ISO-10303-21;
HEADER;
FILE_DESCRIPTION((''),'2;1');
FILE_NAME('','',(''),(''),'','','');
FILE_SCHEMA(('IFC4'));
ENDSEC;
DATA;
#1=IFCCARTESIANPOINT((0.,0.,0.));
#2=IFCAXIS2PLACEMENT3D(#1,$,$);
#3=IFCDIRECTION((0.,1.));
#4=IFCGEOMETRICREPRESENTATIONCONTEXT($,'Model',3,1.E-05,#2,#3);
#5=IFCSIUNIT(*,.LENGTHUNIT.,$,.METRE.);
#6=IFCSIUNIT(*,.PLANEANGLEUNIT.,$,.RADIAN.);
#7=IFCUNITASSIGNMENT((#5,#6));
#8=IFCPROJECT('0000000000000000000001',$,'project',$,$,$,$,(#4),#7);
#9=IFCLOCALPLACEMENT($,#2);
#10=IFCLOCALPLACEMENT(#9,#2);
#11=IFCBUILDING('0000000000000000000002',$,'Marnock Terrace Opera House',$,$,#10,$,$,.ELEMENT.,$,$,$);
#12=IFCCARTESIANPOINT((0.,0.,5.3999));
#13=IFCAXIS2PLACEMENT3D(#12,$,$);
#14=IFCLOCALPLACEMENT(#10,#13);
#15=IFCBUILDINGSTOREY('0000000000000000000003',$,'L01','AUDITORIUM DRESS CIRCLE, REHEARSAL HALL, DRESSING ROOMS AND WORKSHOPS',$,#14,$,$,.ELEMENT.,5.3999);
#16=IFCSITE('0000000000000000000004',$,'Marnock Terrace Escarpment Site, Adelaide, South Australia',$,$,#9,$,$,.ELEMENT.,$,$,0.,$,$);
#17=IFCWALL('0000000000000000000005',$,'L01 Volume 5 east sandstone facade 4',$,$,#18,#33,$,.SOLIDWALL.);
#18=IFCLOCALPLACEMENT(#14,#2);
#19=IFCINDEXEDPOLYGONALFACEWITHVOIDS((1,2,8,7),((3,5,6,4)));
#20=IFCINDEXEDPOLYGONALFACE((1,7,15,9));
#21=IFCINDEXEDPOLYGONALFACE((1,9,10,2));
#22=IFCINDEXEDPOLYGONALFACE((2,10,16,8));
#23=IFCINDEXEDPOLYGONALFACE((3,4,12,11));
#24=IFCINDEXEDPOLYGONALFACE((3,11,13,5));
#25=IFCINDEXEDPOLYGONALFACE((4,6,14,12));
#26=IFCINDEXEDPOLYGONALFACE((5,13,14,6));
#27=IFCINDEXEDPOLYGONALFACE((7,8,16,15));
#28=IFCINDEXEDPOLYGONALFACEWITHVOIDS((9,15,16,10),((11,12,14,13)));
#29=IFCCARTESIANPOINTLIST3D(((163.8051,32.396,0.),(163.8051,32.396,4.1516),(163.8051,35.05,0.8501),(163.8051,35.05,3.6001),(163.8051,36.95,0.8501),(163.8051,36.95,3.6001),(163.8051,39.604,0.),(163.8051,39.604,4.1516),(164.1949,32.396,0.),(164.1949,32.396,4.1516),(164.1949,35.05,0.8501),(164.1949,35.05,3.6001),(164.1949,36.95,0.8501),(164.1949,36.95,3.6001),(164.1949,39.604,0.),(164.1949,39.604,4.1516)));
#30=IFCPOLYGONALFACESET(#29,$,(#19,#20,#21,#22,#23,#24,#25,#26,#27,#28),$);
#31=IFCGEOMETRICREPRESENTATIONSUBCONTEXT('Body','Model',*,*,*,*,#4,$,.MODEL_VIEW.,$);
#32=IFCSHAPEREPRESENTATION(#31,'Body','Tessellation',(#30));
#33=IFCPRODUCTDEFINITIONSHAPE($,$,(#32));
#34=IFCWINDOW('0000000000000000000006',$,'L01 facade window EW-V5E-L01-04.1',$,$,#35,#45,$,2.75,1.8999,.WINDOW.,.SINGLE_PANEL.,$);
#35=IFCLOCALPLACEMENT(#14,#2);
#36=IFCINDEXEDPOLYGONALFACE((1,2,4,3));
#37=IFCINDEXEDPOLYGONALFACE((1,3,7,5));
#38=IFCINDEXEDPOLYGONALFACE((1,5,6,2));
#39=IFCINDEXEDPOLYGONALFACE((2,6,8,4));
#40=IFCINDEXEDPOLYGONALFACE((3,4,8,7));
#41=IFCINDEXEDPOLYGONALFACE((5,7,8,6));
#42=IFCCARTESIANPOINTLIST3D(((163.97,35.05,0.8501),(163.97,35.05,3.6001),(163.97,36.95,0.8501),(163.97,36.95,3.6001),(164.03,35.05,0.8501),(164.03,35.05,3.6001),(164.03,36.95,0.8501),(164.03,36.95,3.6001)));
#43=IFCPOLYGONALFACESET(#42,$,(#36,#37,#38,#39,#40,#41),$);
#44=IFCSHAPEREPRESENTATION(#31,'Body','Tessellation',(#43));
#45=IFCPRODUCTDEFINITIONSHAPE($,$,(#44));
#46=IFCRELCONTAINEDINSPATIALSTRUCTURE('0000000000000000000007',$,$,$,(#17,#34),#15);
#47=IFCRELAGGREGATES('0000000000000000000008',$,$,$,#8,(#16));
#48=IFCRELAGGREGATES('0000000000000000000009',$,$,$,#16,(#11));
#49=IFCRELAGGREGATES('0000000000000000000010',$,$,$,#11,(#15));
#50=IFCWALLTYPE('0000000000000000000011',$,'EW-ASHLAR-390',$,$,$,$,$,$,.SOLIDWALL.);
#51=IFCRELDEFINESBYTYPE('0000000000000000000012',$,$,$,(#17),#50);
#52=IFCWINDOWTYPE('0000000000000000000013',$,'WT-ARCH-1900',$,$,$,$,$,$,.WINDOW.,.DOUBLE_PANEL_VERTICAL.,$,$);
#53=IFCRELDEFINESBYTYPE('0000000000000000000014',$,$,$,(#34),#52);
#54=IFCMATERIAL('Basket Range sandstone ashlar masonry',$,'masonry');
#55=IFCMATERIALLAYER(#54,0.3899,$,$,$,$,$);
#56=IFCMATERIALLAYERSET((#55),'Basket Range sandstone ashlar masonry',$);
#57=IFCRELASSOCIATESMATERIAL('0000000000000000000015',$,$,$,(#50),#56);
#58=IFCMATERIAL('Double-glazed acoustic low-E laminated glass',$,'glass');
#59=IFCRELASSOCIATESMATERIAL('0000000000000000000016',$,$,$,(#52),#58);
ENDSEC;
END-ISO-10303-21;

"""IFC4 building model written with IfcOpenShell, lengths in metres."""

from ifc_helpers import new_model, si_unit, direction, frame, frame_2d, origin, place, context, subcontext, project, spatial, rectangle, extrude, material, layer, layer_set, type_object, element, fill, save


model = new_model("IFC4")

# Units and contexts
model_context = context("Model", 3, precision=1e-05, world=origin(), true_north=direction((0.0, 1.0)))
body_context = subcontext(model_context, "Body", "Model", "MODEL_VIEW")
ifc_project = project(units=[si_unit("LENGTHUNIT", "METRE"), si_unit("PLANEANGLEUNIT", "RADIAN")], contexts=[model_context])

# Site, building, storey
site_placement = place(None, origin())
site = spatial("IfcSite", under=ifc_project, at=site_placement, Name="Marnock Terrace Escarpment Site, Adelaide, South Australia", CompositionType="ELEMENT", RefElevation=0.0)
building_placement = place(site_placement, origin())
building = spatial("IfcBuilding", under=site, at=building_placement, Name="Marnock Terrace Opera House", CompositionType="ELEMENT")
storey_placement = place(building_placement, frame((0.0, 0.0, 5.3999)))
storey = spatial("IfcBuildingStorey", under=building, at=storey_placement, Name="L01", Description="AUDITORIUM DRESS CIRCLE, REHEARSAL HALL, DRESSING ROOMS AND WORKSHOPS", CompositionType="ELEMENT", Elevation=5.3999)

# Wall, opening, window
ifc_material_1 = material(Name="Basket Range sandstone ashlar masonry", Category="masonry")
ifc_layer = layer(ifc_material_1, 0.3899)
ifc_layer_set = layer_set([ifc_layer], Name="Basket Range sandstone ashlar masonry")
wall_type = type_object("IfcWallType", Name="EW-ASHLAR-390", PredefinedType="SOLIDWALL", material=ifc_layer_set)
ifc_material_2 = material(Name="Double-glazed acoustic low-E laminated glass", Category="glass")
window_type = type_object("IfcWindowType", Name="WT-ARCH-1900", PartitioningType="DOUBLE_PANEL_VERTICAL", PredefinedType="WINDOW", material=ifc_material_2)
wall_1_placement = place(storey_placement, frame((164.0, 32.396, 0.0), z_axis=(0.0, 0.0, 1.0), x_axis=(0.0, 1.0, 0.0)))
wall_1 = element("IfcWall", 1, at=wall_1_placement, inside=storey, type_object=wall_type, Name="L01 Volume 5 east sandstone facade 4", PredefinedType="SOLIDWALL", context=body_context, shape_type="SweptSolid", body=[
    extrude(rectangle(XDim=7.208, YDim=0.3899, at=frame_2d((3.604, 0.0))), origin(), (0.0, 0.0, 1.0), 4.1516),
])
opening_1_placement = place(wall_1_placement, frame((2.6541, 0.0, 0.8501)))
opening_1 = element("IfcOpeningElement", 2, at=opening_1_placement, cuts=wall_1, PredefinedType="OPENING", context=body_context, shape_type="SweptSolid", body=[
    extrude(rectangle(XDim=1.8999, YDim=2.75, at=frame_2d((0.95, 1.375))), frame((0.0, 0.2048, 0.0), z_axis=(0.0, -1.0, 0.0), x_axis=(1.0, 0.0, 0.0)), (0.0, 0.0, 1.0), 0.4099),
])
window_1_placement = place(opening_1_placement, origin())
window_1 = element("IfcWindow", 3, at=window_1_placement, inside=storey, type_object=window_type, Name="L01 facade window EW-V5E-L01-04.1", OverallHeight=2.75, OverallWidth=1.8999, PartitioningType="SINGLE_PANEL", PredefinedType="WINDOW", context=body_context, shape_type="SweptSolid", body=[
    extrude(rectangle(XDim=1.8999, YDim=2.75, at=frame_2d((0.95, 1.375))), frame((0.0, 0.03, 0.0), z_axis=(0.0, -1.0, 0.0), x_axis=(1.0, 0.0, 0.0)), (0.0, 0.0, 1.0), 0.0601),
])
fill(opening_1, window_1)

save(model, "model.ifc")
